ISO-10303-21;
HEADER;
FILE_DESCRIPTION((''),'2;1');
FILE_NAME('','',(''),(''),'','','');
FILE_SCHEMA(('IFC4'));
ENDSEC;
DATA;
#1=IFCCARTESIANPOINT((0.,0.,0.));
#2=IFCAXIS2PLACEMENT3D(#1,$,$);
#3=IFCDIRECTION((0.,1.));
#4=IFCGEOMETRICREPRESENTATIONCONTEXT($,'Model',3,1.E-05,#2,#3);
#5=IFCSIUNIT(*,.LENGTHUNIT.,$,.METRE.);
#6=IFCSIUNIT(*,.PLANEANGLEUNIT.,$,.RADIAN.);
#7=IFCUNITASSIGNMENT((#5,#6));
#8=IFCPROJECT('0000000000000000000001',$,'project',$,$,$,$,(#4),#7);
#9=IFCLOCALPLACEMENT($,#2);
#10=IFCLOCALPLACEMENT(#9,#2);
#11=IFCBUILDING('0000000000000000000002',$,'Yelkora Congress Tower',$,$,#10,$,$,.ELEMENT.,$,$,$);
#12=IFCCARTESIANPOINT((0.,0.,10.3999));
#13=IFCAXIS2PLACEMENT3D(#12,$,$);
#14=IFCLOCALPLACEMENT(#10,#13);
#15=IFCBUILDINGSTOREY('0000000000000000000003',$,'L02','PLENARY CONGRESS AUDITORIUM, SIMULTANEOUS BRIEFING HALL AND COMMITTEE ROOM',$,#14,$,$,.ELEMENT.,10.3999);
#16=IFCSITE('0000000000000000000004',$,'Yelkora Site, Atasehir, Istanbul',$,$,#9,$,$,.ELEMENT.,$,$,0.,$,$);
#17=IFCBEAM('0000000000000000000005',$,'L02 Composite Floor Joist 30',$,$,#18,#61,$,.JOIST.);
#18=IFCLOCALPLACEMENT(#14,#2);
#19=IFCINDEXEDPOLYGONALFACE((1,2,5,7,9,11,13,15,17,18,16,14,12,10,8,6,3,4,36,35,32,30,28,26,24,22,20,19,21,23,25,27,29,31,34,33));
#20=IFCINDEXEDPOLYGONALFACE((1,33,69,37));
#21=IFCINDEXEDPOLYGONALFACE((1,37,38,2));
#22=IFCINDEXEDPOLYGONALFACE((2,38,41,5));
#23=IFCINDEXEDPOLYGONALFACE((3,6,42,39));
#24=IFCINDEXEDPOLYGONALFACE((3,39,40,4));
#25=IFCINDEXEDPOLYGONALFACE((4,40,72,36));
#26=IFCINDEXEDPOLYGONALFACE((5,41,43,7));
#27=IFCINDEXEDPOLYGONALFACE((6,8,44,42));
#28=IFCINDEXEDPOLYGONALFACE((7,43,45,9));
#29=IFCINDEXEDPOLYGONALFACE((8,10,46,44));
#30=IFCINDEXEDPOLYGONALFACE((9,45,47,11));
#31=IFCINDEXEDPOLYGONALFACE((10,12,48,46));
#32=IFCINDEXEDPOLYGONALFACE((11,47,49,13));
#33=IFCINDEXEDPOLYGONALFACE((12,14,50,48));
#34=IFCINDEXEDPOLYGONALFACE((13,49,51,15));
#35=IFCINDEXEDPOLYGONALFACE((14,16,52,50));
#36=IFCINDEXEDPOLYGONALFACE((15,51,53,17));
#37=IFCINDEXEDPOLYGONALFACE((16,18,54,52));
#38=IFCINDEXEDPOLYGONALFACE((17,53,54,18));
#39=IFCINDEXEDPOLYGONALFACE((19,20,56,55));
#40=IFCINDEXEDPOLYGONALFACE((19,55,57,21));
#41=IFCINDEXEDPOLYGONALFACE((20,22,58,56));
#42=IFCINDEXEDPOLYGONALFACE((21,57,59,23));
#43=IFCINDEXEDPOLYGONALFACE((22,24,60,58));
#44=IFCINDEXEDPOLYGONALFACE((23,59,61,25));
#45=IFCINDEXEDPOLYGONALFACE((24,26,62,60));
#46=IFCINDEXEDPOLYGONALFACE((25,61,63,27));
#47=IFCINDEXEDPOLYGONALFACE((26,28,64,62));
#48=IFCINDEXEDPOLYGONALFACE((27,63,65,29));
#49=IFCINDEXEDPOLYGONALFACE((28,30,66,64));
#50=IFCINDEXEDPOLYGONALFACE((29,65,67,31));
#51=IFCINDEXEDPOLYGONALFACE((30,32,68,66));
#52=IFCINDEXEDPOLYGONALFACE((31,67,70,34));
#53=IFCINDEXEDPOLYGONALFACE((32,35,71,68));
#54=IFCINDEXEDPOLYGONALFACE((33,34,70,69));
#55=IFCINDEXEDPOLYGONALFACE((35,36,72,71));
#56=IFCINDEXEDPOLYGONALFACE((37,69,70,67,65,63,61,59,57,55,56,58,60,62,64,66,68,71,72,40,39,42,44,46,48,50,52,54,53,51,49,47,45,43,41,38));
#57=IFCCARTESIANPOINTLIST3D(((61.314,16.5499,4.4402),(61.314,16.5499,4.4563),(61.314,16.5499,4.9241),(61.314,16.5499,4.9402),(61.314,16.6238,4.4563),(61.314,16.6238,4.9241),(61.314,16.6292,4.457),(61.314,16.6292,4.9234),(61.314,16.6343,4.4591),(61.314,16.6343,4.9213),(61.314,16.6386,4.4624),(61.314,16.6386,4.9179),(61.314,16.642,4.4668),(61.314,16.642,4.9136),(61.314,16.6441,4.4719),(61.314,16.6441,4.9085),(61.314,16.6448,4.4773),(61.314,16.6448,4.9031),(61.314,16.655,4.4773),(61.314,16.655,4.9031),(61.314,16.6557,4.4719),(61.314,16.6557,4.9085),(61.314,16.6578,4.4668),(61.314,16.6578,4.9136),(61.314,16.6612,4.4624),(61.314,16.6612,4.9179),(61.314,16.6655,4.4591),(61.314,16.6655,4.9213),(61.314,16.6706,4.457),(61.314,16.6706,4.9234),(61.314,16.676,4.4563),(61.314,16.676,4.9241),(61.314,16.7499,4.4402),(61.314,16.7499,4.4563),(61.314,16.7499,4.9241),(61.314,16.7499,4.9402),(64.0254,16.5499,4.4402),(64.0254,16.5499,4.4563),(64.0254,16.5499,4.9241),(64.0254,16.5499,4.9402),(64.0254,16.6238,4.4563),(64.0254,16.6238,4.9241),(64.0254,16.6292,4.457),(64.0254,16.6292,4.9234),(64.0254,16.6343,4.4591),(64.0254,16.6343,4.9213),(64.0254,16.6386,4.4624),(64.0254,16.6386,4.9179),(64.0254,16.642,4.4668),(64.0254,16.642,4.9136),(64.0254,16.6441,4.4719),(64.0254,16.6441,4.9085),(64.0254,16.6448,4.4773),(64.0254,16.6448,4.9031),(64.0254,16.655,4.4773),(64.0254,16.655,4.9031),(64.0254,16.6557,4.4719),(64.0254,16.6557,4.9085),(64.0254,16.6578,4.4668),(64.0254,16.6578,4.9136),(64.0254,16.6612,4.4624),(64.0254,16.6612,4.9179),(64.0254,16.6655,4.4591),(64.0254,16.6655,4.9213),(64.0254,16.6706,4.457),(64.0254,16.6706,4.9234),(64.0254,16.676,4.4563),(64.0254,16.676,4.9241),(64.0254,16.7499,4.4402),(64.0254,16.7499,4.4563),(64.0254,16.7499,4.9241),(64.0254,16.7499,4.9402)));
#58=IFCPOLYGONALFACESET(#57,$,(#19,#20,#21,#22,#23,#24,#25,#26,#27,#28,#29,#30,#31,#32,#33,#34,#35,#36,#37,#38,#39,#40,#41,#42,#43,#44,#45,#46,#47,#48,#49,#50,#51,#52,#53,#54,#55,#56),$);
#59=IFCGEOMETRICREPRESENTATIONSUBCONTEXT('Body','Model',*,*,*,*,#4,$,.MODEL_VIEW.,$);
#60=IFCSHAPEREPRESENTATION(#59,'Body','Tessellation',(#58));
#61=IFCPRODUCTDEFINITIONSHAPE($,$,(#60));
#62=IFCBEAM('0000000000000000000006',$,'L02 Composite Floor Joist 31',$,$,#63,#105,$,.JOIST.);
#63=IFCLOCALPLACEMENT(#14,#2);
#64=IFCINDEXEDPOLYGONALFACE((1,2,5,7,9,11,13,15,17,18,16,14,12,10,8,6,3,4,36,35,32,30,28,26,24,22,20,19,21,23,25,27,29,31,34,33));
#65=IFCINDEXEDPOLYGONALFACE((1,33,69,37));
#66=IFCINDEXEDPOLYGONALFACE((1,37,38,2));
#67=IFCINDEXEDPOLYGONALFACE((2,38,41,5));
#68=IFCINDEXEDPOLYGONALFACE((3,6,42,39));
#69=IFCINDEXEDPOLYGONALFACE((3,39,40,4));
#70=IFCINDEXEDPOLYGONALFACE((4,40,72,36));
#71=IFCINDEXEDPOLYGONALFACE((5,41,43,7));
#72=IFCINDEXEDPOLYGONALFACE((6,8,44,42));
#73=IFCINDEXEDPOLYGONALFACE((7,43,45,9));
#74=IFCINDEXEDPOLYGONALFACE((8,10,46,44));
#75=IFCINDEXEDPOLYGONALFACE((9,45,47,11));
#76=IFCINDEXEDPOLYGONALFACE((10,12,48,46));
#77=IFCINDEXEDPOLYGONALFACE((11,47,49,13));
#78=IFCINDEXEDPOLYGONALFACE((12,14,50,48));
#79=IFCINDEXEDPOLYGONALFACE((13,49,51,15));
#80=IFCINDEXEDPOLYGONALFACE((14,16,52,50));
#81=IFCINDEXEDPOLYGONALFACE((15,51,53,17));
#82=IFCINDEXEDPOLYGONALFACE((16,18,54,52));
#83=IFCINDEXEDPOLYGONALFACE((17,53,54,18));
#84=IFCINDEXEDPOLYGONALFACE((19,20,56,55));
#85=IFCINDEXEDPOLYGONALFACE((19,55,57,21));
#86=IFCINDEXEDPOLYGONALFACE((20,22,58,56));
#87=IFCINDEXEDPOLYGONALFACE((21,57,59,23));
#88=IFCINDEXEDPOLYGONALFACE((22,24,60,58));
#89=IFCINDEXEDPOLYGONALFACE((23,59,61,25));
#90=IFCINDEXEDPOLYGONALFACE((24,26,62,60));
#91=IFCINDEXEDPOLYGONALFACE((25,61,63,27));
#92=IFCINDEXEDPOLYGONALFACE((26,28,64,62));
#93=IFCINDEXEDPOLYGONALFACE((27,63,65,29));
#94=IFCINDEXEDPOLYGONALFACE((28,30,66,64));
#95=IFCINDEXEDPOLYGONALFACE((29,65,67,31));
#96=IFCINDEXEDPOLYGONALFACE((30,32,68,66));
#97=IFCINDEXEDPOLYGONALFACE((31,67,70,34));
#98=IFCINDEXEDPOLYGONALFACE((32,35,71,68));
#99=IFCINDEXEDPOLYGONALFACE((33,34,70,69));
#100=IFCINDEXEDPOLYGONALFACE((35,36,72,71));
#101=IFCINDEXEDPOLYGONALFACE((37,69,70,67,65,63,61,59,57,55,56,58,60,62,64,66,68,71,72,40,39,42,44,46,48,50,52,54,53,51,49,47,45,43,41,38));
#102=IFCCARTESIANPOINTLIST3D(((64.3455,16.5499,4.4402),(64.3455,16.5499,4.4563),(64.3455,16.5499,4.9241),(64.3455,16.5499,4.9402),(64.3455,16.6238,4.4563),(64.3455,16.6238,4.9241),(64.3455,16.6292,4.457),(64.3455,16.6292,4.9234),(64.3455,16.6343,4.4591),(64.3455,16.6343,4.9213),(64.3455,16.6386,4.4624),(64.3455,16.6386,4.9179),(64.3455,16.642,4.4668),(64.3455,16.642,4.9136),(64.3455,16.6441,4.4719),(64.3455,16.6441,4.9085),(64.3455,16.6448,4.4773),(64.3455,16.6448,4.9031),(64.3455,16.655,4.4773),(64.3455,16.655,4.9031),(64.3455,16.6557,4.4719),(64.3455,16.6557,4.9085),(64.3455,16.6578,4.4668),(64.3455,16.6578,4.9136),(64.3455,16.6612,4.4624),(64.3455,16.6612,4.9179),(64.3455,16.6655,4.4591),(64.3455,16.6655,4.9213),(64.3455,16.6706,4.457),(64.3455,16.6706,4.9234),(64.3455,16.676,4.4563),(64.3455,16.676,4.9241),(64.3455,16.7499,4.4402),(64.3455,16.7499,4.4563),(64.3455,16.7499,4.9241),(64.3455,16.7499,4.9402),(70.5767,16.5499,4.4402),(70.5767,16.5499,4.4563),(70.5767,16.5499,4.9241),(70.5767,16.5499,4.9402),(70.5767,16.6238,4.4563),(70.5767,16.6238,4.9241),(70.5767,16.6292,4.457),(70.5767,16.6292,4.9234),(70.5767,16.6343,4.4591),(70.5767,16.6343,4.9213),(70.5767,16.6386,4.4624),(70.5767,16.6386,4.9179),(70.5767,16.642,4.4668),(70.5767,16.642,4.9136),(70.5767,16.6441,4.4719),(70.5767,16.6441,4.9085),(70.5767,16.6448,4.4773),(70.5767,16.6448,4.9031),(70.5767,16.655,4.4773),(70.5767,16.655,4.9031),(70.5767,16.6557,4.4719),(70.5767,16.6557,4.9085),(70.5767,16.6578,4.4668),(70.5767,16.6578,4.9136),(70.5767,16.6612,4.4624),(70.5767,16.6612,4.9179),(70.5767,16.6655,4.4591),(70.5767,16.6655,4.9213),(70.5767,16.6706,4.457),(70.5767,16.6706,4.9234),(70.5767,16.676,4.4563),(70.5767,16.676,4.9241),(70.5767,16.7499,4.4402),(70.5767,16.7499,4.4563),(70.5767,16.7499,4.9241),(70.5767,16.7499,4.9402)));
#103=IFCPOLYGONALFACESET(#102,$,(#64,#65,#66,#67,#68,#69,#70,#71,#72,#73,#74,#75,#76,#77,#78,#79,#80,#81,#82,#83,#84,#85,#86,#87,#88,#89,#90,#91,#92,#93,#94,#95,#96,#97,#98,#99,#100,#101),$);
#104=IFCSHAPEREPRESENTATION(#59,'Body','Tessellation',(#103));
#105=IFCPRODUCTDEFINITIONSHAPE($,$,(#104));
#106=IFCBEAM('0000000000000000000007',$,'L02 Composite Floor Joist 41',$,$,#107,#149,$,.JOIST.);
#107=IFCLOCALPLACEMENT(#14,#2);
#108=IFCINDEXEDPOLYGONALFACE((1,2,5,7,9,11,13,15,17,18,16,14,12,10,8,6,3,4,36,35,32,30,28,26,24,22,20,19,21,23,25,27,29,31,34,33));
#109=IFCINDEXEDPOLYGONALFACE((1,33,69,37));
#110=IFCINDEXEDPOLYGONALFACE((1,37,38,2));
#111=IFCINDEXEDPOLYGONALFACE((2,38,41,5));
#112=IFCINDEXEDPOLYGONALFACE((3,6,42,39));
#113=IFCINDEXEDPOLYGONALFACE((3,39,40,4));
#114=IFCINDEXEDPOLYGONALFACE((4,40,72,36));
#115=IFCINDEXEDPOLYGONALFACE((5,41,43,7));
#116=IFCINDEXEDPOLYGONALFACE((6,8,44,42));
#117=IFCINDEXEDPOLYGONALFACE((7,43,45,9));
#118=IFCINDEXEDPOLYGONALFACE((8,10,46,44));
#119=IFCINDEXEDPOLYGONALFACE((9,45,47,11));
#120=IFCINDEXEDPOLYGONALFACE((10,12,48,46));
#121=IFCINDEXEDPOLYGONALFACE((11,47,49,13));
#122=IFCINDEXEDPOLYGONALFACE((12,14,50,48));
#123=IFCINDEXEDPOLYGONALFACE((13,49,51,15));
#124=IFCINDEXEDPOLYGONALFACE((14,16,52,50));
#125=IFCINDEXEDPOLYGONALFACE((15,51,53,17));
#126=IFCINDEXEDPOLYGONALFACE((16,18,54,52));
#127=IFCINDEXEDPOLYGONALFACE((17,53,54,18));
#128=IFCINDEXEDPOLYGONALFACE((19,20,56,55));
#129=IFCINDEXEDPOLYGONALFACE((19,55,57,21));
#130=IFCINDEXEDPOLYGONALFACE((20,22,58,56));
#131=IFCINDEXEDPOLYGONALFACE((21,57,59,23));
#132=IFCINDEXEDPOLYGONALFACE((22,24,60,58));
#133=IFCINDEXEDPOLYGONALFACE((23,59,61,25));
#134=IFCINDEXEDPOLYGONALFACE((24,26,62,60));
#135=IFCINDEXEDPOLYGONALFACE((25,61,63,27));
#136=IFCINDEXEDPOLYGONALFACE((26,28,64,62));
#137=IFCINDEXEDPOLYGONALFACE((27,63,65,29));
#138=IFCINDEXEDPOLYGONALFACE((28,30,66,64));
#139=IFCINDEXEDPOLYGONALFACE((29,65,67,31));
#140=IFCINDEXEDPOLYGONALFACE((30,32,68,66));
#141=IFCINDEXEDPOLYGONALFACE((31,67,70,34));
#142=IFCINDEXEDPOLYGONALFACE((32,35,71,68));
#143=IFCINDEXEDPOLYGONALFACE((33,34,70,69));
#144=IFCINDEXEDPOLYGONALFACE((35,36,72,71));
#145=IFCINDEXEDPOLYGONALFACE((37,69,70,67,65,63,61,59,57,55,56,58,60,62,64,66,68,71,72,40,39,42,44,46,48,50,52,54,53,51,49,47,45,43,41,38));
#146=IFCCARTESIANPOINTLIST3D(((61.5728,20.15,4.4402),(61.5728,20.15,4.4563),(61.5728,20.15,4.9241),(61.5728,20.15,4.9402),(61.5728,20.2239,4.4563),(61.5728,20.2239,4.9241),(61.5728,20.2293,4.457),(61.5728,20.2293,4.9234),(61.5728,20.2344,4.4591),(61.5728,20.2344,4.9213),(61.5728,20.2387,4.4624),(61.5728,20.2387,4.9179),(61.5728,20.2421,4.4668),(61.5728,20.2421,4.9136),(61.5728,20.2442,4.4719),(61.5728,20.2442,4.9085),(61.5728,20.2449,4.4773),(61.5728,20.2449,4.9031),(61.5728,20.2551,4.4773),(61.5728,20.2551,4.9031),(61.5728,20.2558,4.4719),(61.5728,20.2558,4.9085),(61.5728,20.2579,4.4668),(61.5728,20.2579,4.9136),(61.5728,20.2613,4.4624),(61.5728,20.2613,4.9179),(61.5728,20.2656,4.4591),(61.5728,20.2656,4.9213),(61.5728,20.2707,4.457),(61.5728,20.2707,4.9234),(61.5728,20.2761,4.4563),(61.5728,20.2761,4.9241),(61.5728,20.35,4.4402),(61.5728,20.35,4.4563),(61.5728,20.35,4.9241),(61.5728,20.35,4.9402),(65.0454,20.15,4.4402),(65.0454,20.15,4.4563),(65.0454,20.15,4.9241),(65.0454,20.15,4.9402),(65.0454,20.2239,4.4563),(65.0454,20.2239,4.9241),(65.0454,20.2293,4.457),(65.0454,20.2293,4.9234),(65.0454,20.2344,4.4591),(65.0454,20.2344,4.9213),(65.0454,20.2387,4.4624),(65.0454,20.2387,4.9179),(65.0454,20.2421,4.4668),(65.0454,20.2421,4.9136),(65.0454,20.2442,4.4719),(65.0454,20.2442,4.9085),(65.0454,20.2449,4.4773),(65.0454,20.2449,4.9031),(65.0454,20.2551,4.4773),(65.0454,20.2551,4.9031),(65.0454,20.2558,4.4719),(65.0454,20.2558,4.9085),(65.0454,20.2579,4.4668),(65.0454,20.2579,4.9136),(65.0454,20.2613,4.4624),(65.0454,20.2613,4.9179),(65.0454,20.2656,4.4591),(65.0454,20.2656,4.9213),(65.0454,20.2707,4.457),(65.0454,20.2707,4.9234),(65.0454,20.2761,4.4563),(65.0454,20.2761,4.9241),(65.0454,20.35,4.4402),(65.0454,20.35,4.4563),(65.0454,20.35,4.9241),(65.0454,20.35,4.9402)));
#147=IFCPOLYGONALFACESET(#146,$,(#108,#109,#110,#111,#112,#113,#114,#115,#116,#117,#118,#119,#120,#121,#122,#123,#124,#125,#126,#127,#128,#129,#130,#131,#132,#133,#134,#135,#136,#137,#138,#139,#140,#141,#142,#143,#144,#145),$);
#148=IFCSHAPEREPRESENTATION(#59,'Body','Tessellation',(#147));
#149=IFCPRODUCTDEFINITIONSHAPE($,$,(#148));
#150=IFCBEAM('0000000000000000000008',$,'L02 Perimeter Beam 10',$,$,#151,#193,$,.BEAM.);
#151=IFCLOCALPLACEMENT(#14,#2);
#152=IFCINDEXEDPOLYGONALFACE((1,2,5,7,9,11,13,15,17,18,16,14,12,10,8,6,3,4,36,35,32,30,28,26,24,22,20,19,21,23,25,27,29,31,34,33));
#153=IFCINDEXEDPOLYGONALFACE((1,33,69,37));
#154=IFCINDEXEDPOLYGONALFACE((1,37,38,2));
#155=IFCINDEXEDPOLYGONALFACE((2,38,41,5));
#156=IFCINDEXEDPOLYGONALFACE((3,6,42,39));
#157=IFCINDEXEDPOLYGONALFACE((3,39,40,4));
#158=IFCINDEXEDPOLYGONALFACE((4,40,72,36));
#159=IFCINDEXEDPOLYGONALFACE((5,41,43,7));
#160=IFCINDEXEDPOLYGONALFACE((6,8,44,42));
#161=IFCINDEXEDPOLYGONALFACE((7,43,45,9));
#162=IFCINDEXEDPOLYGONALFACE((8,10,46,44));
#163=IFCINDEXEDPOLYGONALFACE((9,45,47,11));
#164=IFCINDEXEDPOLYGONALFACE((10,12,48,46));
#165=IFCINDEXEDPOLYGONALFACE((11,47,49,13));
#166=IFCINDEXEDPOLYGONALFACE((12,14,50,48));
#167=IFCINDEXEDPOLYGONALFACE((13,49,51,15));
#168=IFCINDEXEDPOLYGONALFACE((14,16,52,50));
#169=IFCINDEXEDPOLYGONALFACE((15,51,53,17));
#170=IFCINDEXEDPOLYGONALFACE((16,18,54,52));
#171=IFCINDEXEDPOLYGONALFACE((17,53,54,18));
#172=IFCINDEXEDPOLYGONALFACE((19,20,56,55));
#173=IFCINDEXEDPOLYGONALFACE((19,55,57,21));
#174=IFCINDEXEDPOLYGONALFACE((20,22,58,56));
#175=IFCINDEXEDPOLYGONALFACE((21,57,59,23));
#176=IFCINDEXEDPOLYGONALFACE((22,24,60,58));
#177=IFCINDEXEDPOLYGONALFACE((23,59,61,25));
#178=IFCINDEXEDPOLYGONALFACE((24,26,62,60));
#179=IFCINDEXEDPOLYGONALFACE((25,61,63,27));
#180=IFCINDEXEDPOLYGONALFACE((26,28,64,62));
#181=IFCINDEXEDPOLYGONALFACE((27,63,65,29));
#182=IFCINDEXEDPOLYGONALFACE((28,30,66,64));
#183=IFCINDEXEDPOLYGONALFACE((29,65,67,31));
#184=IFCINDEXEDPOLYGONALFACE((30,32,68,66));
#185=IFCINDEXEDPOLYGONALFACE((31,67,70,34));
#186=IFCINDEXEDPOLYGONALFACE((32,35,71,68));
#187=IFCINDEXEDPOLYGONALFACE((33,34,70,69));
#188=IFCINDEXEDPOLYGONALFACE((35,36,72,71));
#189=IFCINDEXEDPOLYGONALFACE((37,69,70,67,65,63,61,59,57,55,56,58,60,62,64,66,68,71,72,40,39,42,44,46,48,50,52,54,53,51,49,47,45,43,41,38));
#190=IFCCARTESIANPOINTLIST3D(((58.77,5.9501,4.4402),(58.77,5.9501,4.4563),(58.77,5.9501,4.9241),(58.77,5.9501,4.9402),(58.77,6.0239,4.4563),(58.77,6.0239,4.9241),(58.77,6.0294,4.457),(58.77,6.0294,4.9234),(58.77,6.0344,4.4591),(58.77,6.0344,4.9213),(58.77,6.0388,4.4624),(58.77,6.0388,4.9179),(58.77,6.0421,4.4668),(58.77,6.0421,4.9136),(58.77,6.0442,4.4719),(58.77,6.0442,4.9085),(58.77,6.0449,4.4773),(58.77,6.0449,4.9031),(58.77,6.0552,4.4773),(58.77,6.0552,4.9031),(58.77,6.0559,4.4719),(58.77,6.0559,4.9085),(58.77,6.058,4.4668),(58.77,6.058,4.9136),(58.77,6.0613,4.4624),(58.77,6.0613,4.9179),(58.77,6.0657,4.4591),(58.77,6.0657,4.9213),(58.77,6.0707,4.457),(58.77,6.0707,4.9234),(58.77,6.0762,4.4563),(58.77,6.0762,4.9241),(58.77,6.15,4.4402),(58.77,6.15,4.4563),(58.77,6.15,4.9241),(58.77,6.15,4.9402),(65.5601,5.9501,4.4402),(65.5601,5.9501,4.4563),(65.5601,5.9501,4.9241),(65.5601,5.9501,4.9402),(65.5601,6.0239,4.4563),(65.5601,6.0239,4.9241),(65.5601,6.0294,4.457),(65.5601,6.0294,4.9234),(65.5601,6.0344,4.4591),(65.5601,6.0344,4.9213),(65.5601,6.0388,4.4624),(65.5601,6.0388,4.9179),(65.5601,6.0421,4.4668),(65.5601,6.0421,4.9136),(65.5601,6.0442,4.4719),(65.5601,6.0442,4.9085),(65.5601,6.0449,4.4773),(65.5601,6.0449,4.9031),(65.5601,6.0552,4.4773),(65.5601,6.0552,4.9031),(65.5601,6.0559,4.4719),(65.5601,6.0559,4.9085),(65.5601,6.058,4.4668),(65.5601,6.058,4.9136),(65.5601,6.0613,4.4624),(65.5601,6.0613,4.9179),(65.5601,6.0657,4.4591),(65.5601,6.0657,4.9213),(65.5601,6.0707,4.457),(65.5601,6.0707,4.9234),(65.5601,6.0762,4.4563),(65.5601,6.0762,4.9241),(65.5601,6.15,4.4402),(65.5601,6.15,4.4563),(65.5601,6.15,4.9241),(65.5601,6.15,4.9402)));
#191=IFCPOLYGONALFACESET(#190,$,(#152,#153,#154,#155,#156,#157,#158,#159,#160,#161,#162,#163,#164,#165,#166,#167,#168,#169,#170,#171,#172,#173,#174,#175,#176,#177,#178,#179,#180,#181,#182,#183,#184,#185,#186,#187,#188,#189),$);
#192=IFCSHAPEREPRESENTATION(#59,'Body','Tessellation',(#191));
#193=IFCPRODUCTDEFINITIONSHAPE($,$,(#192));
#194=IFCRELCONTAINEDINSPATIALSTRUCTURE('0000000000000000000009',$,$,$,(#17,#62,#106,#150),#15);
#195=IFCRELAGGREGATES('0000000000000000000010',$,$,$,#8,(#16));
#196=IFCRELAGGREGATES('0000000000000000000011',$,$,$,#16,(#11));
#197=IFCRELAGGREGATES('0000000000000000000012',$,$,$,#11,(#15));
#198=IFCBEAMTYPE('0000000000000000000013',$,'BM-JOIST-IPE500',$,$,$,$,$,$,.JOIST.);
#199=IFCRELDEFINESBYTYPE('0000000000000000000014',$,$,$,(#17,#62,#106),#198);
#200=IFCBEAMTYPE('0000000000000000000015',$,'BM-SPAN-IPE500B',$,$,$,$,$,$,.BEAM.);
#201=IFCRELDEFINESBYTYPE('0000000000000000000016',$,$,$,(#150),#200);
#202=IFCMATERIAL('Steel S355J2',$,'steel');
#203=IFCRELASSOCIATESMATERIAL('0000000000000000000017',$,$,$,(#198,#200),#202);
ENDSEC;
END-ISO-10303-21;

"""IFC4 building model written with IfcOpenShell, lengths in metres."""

from ifc_helpers import new_model, si_unit, direction, frame, origin, origin_2d, place, context, subcontext, project, spatial, i_section, extrude, material, material_profile, profile_set, type_object, element, save


model = new_model("IFC4")

# Units and contexts
model_context = context("Model", 3, precision=1e-05, world=origin(), true_north=direction((0.0, 1.0)))
body_context = subcontext(model_context, "Body", "Model", "MODEL_VIEW")
ifc_project = project(units=[si_unit("LENGTHUNIT", "METRE"), si_unit("PLANEANGLEUNIT", "RADIAN")], contexts=[model_context])

# Site, building, storey
site_placement = place(None, origin())
site = spatial("IfcSite", under=ifc_project, at=site_placement, Name="Yelkora Site, Atasehir, Istanbul", CompositionType="ELEMENT", RefElevation=0.0)
building_placement = place(site_placement, origin())
building = spatial("IfcBuilding", under=site, at=building_placement, Name="Yelkora Congress Tower", CompositionType="ELEMENT")
storey_placement = place(building_placement, frame((0.0, 0.0, 10.3999)))
storey = spatial("IfcBuildingStorey", under=building, at=storey_placement, Name="L02", Description="PLENARY CONGRESS AUDITORIUM, SIMULTANEOUS BRIEFING HALL AND COMMITTEE ROOM", CompositionType="ELEMENT", Elevation=10.3999)

# Beams
ifc_material_1 = material(Name="Steel S355J2", Category="steel")
ifc_material_profile_1 = material_profile(ifc_material_1, i_section(OverallWidth=0.2, OverallDepth=0.5, WebThickness=0.0103, FlangeThickness=0.0161, FilletRadius=0.021, at=origin_2d()), Name="IPE 500")
ifc_profile_set_1 = profile_set([ifc_material_profile_1], Name="Steel S355J2")
beam_type_1 = type_object("IfcBeamType", Name="BM-JOIST-IPE500", PredefinedType="JOIST", material=ifc_profile_set_1)
beam_1_placement = place(storey_placement, frame((61.314, 16.6499, 4.6902), z_axis=(1.0, 0.0, 0.0), x_axis=(0.0, 1.0, 0.0)))
element("IfcBeam", 1, at=beam_1_placement, inside=storey, type_object=beam_type_1, Name="L02 Composite Floor Joist 30", PredefinedType="JOIST", context=body_context, shape_type="SweptSolid", body=[
    extrude(i_section(OverallWidth=0.2, OverallDepth=0.5, WebThickness=0.0103, FlangeThickness=0.0161, FilletRadius=0.021, at=origin_2d()), origin(), (0.0, 0.0, 1.0), 2.7114),
])
beam_2_placement = place(storey_placement, frame((64.3455, 16.6499, 4.6902), z_axis=(1.0, 0.0, 0.0), x_axis=(0.0, 1.0, 0.0)))
element("IfcBeam", 2, at=beam_2_placement, inside=storey, type_object=beam_type_1, Name="L02 Composite Floor Joist 31", PredefinedType="JOIST", context=body_context, shape_type="SweptSolid", body=[
    extrude(i_section(OverallWidth=0.2, OverallDepth=0.5, WebThickness=0.0103, FlangeThickness=0.0161, FilletRadius=0.021, at=origin_2d()), origin(), (0.0, 0.0, 1.0), 6.2312),
])
beam_3_placement = place(storey_placement, frame((61.5728, 20.25, 4.6902), z_axis=(1.0, 0.0, 0.0), x_axis=(0.0, 1.0, 0.0)))
element("IfcBeam", 3, at=beam_3_placement, inside=storey, type_object=beam_type_1, Name="L02 Composite Floor Joist 41", PredefinedType="JOIST", context=body_context, shape_type="SweptSolid", body=[
    extrude(i_section(OverallWidth=0.2, OverallDepth=0.5, WebThickness=0.0103, FlangeThickness=0.0161, FilletRadius=0.021, at=origin_2d()), origin(), (0.0, 0.0, 1.0), 3.4727),
])
ifc_material_profile_2 = material_profile(ifc_material_1, i_section(OverallWidth=0.2, OverallDepth=0.5, WebThickness=0.0103, FlangeThickness=0.0161, FilletRadius=0.021, at=origin_2d()), Name="IPE 500")
ifc_profile_set_2 = profile_set([ifc_material_profile_2], Name="Steel S355J2")
beam_type_2 = type_object("IfcBeamType", Name="BM-SPAN-IPE500B", PredefinedType="BEAM", material=ifc_profile_set_2)
for number, where, z_axis, x_axis, name in (
    (4, (58.77, 6.05, 4.6902), (1.0, 0.0, 0.0), (0.0, 1.0, 0.0), "L02 Perimeter Beam 10"),
):
    element("IfcBeam", number, at=place(storey_placement, frame(where, z_axis=z_axis, x_axis=x_axis)), inside=storey, type_object=beam_type_2, Name=name, PredefinedType="BEAM", context=body_context, shape_type="SweptSolid", body=[
        extrude(i_section(OverallWidth=0.2, OverallDepth=0.5, WebThickness=0.0103, FlangeThickness=0.0161, FilletRadius=0.021, at=origin_2d()), origin(), (0.0, 0.0, 1.0), 6.79),
    ])

save(model, "model.ifc")
